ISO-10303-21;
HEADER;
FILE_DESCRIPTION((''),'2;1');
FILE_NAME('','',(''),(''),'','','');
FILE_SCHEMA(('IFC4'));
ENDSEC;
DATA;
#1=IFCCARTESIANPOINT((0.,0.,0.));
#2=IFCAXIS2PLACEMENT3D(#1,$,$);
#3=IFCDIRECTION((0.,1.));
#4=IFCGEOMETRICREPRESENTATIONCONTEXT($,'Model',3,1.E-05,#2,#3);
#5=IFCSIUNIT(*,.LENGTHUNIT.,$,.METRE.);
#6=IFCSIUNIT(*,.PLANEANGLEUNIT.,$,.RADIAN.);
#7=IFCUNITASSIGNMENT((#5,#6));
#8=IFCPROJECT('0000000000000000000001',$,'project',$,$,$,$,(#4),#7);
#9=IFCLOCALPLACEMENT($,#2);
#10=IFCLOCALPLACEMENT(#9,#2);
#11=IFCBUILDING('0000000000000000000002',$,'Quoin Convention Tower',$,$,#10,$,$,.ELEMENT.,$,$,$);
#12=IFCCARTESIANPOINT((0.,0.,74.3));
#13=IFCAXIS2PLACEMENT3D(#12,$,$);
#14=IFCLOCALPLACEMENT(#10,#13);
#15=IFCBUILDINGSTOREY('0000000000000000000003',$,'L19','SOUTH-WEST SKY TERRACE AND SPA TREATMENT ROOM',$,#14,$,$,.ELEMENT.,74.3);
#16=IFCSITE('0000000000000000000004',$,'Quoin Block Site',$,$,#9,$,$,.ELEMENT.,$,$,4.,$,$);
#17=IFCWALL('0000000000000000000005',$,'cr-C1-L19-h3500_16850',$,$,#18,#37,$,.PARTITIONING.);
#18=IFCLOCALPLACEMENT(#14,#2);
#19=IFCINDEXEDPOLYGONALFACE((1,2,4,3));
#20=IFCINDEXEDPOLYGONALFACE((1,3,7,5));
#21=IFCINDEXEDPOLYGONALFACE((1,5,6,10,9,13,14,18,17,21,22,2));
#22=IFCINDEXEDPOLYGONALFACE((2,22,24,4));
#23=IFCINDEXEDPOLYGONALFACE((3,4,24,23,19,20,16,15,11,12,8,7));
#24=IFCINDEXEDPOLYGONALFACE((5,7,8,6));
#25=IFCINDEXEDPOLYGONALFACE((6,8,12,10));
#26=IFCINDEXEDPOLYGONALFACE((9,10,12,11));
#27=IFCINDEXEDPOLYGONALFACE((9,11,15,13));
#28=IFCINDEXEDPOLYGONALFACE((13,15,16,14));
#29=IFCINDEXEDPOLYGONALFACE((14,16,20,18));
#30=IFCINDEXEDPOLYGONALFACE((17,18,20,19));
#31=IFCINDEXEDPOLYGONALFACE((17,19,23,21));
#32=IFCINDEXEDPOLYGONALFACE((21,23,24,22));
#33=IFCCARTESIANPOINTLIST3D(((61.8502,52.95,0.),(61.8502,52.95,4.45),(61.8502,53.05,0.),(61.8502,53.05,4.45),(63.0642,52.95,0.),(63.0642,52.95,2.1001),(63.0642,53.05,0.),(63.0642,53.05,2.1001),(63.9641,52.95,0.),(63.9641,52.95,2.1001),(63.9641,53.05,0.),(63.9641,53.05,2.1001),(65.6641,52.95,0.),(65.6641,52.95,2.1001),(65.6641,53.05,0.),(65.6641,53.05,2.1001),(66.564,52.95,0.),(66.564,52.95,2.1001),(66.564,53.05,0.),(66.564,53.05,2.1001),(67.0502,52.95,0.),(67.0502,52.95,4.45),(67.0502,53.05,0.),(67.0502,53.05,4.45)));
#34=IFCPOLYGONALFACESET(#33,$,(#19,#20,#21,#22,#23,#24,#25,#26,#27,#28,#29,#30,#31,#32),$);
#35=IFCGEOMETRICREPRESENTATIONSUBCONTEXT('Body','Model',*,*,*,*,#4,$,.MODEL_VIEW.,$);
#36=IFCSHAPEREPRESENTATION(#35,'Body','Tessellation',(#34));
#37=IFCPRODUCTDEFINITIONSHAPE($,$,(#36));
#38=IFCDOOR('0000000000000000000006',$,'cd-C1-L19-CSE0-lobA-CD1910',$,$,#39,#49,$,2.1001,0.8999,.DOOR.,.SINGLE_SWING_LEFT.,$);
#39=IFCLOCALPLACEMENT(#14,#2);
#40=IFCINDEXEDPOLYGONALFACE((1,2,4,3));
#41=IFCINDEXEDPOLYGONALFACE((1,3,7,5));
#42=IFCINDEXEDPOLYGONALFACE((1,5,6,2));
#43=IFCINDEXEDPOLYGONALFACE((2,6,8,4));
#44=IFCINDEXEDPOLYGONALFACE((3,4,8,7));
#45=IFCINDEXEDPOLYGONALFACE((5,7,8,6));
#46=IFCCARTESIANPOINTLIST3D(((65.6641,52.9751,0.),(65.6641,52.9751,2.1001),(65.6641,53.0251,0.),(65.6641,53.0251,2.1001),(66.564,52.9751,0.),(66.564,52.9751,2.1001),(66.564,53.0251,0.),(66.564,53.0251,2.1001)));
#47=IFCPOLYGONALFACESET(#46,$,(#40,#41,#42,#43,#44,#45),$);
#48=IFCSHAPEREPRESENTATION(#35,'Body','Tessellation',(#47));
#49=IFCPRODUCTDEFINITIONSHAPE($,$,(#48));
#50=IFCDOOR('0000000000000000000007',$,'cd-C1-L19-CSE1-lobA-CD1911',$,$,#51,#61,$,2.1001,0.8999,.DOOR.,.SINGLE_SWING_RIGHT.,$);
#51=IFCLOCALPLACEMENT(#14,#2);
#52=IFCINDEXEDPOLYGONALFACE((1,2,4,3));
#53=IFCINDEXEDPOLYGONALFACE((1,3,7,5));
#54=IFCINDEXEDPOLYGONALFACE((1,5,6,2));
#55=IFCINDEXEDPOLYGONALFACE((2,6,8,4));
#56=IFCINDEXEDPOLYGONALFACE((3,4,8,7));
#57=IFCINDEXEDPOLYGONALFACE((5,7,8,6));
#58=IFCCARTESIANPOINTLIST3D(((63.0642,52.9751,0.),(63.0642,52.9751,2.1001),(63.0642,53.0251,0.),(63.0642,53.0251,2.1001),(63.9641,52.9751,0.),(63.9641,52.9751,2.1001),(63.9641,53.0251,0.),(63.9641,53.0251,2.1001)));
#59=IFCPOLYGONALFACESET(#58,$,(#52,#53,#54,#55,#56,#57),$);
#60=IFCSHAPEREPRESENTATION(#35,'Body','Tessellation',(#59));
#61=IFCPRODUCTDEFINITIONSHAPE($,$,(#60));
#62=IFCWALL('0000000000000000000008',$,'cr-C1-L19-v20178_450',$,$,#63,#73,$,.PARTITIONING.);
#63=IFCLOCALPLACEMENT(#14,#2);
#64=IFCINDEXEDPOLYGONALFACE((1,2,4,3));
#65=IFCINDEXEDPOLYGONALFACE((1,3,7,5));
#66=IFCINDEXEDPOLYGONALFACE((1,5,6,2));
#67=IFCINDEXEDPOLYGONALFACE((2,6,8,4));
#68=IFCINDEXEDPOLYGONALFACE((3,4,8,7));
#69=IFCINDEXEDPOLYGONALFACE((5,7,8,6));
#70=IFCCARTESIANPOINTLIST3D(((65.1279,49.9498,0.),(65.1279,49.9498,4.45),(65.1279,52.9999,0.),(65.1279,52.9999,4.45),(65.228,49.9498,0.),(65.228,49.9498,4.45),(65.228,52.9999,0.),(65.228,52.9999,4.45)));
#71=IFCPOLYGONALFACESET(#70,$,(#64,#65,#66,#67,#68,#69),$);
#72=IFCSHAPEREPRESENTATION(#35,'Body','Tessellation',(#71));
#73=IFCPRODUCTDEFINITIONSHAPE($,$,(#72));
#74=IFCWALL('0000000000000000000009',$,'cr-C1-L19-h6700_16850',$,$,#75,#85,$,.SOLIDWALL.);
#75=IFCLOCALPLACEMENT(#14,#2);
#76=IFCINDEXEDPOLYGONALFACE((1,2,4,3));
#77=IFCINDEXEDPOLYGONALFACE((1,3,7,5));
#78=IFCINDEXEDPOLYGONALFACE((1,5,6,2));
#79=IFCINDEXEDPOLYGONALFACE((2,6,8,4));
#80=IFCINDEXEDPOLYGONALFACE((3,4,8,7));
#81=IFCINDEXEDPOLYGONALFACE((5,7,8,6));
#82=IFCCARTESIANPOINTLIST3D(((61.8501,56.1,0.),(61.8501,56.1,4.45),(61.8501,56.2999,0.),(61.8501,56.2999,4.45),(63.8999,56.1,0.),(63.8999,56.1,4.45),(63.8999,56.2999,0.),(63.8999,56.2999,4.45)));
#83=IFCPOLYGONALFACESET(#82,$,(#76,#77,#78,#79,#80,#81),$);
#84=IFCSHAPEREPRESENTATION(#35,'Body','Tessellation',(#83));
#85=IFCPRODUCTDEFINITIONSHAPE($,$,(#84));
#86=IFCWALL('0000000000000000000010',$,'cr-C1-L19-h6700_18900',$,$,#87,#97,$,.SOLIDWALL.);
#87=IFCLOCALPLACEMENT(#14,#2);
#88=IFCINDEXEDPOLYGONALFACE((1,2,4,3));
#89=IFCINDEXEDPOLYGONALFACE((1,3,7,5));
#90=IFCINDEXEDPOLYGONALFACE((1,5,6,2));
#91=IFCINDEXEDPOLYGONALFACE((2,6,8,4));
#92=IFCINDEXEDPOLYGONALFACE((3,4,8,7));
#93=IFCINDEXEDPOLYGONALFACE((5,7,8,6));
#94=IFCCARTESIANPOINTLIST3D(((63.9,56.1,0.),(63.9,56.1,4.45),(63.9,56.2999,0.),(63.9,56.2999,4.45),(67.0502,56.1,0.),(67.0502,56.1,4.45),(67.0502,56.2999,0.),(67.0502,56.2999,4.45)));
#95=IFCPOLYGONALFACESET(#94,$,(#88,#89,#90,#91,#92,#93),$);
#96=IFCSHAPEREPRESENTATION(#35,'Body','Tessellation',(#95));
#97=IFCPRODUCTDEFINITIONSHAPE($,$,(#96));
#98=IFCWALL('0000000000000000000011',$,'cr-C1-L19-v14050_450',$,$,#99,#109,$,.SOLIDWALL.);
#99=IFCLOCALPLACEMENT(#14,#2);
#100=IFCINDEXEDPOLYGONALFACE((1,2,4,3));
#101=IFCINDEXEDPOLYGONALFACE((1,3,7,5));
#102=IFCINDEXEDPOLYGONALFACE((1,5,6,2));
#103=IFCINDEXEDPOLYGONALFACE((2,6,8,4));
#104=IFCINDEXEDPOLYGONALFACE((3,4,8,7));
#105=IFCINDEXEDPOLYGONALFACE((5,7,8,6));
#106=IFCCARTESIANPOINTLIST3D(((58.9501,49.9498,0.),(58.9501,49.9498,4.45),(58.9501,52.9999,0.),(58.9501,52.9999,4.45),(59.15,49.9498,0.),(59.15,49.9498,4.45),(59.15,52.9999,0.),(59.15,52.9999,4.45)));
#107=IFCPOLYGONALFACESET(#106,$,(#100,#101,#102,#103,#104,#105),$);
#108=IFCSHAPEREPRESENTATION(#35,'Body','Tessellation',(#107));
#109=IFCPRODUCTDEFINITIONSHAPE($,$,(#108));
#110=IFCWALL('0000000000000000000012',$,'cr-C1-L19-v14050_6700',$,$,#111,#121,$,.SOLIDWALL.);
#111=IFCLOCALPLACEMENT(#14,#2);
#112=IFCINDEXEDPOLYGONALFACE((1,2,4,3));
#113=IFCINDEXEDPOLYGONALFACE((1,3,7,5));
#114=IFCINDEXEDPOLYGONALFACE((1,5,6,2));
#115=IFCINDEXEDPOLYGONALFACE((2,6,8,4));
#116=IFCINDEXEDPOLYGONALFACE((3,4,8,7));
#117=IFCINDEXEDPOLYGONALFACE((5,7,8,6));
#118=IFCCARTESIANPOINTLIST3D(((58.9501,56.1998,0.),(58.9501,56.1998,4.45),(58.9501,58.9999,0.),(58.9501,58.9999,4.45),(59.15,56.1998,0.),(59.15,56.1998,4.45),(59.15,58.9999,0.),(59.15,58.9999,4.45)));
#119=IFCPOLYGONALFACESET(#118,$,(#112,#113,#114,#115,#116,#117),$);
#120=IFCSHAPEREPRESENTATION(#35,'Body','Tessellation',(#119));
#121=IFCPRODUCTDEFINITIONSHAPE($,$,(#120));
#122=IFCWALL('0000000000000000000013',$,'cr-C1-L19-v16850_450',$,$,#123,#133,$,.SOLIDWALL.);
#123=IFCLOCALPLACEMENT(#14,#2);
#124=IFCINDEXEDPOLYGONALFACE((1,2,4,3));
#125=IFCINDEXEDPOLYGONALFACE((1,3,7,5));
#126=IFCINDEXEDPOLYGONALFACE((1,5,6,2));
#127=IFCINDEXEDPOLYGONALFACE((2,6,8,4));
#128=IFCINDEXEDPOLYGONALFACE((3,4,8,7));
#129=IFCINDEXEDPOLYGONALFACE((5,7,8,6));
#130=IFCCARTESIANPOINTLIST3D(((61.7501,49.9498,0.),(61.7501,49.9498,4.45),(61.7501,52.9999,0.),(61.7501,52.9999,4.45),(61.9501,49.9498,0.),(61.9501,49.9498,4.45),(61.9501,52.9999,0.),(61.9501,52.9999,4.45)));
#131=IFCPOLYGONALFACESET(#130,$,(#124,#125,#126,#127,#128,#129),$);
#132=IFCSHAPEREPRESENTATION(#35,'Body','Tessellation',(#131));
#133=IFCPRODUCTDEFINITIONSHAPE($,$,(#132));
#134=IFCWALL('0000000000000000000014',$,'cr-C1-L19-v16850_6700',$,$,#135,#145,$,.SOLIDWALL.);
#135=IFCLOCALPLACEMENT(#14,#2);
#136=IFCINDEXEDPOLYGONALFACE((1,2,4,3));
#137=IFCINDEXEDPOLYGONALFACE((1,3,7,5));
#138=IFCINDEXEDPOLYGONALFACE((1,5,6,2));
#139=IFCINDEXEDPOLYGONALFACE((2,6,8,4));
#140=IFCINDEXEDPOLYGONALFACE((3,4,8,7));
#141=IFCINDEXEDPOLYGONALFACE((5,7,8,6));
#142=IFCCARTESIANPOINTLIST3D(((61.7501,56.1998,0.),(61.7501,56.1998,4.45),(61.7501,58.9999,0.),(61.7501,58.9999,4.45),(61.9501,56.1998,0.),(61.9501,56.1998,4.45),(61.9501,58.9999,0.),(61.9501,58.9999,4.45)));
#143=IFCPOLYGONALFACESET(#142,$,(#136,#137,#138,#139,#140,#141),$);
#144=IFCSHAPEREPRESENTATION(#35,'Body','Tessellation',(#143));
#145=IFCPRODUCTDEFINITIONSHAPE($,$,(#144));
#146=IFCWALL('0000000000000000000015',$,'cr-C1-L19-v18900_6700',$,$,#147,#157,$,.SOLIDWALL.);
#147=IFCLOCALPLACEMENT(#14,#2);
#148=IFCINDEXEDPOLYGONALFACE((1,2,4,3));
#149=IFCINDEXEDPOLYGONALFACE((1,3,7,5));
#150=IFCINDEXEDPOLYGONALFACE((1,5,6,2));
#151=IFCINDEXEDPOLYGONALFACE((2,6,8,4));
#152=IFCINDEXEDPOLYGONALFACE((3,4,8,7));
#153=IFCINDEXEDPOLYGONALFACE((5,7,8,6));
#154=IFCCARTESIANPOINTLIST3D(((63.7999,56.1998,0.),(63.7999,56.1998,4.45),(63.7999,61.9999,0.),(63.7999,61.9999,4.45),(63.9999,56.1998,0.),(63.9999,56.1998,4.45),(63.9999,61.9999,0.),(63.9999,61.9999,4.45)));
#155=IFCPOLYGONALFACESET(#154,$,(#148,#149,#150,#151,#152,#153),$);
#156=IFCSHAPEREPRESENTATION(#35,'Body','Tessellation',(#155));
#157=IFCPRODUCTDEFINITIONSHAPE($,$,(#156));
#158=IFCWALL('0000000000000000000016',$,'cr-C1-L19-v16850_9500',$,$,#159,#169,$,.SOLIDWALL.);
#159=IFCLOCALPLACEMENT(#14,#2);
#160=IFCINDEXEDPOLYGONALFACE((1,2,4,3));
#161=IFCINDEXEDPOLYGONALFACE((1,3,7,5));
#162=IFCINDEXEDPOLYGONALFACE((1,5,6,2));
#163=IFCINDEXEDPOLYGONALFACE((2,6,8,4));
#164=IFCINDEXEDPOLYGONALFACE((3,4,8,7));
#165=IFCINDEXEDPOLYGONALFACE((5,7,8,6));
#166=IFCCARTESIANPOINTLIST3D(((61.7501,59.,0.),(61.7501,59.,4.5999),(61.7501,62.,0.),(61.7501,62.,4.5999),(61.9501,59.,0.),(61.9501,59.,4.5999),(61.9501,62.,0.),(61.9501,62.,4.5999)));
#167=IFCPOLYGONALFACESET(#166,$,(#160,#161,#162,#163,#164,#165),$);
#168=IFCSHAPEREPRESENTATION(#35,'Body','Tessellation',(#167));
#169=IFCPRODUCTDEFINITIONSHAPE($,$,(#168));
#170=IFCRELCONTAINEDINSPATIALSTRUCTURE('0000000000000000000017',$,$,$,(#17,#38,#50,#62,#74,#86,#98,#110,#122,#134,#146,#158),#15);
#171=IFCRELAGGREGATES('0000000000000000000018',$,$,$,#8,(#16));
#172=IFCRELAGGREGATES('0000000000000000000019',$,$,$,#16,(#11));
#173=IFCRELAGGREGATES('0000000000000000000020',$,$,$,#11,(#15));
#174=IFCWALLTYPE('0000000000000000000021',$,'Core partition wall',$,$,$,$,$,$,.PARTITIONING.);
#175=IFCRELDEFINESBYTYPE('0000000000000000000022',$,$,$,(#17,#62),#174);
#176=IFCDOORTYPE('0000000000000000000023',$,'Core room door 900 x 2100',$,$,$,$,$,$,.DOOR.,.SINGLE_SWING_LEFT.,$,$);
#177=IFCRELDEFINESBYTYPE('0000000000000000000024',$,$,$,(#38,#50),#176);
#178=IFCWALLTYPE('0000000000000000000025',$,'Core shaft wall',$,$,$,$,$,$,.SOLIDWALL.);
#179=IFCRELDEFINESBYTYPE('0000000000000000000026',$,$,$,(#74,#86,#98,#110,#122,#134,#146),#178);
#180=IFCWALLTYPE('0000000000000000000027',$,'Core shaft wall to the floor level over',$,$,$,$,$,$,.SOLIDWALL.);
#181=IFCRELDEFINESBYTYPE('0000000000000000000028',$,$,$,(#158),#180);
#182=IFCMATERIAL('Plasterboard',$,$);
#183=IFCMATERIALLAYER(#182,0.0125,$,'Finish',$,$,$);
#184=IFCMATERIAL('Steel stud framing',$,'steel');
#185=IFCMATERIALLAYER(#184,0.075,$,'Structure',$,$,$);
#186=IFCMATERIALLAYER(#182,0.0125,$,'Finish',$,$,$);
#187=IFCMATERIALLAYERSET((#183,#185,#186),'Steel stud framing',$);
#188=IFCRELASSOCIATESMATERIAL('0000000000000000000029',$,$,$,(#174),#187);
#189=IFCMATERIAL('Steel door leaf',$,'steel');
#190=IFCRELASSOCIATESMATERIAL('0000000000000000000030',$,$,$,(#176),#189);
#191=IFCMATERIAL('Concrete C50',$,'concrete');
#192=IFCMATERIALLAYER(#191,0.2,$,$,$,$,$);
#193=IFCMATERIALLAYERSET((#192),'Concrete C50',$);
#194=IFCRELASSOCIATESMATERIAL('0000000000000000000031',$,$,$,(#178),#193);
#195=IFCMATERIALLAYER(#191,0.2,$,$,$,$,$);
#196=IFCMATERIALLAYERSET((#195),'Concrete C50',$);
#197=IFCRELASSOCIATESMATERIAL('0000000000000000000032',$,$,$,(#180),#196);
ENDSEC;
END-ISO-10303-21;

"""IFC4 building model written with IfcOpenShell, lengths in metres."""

from ifc_helpers import new_model, si_unit, direction, frame, frame_2d, origin, place, context, subcontext, project, spatial, rectangle, extrude, material, layer, layer_set, type_object, element, fill, save


model = new_model("IFC4")

# Units and contexts
model_context = context("Model", 3, precision=1e-05, world=origin(), true_north=direction((0.0, 1.0)))
body_context = subcontext(model_context, "Body", "Model", "MODEL_VIEW")
ifc_project = project(units=[si_unit("LENGTHUNIT", "METRE"), si_unit("PLANEANGLEUNIT", "RADIAN")], contexts=[model_context])

# Site, building, storey
site_placement = place(None, origin())
site = spatial("IfcSite", under=ifc_project, at=site_placement, Name="Quoin Block Site", CompositionType="ELEMENT", RefElevation=4.0)
building_placement = place(site_placement, origin())
building = spatial("IfcBuilding", under=site, at=building_placement, Name="Quoin Convention Tower", CompositionType="ELEMENT")
storey_placement = place(building_placement, frame((0.0, 0.0, 74.3)))
storey = spatial("IfcBuildingStorey", under=building, at=storey_placement, Name="L19", Description="SOUTH-WEST SKY TERRACE AND SPA TREATMENT ROOM", CompositionType="ELEMENT", Elevation=74.3)

# Wall, openings, doors
ifc_material_1 = material(Name="Plasterboard")
ifc_layer_1 = layer(ifc_material_1, 0.0125, Name="Finish")
ifc_material_2 = material(Name="Steel stud framing", Category="steel")
ifc_layer_2 = layer(ifc_material_2, 0.075, Name="Structure")
ifc_layer_3 = layer(ifc_material_1, 0.0125, Name="Finish")
ifc_layer_set_1 = layer_set([ifc_layer_1, ifc_layer_2, ifc_layer_3], Name="Steel stud framing")
wall_type_1 = type_object("IfcWallType", Name="Core partition wall", PredefinedType="PARTITIONING", material=ifc_layer_set_1)
wall_1_placement = place(storey_placement, frame((61.8501, 53.0, 0.0), z_axis=(0.0, 0.0, 1.0), x_axis=(1.0, 0.0, 0.0)))
wall_1 = element("IfcWall", 1, at=wall_1_placement, inside=storey, type_object=wall_type_1, Name="cr-C1-L19-h3500_16850", PredefinedType="PARTITIONING", context=body_context, shape_type="SweptSolid", body=[
    extrude(rectangle(XDim=5.2, YDim=0.1001, at=frame_2d((2.6001, 0.0))), origin(), (0.0, 0.0, 1.0), 4.45),
])
opening_1_placement = place(wall_1_placement, frame((3.814, 0.0, 0.0)))
opening_1 = element("IfcOpeningElement", 2, at=opening_1_placement, cuts=wall_1, PredefinedType="OPENING", context=body_context, shape_type="SweptSolid", body=[
    extrude(rectangle(XDim=0.8999, YDim=2.1001, at=frame_2d((0.45, 1.05))), frame((0.0, 0.0601, 0.0), z_axis=(0.0, -1.0, 0.0), x_axis=(1.0, 0.0, 0.0)), (0.0, 0.0, 1.0), 0.1201),
])
opening_2_placement = place(wall_1_placement, frame((1.2141, 0.0, 0.0)))
opening_2 = element("IfcOpeningElement", 3, at=opening_2_placement, cuts=wall_1, PredefinedType="OPENING", context=body_context, shape_type="SweptSolid", body=[
    extrude(rectangle(XDim=0.8999, YDim=2.1001, at=frame_2d((0.45, 1.05))), frame((0.0, 0.0601, 0.0), z_axis=(0.0, -1.0, 0.0), x_axis=(1.0, 0.0, 0.0)), (0.0, 0.0, 1.0), 0.1201),
])
ifc_material_3 = material(Name="Steel door leaf", Category="steel")
door_type = type_object("IfcDoorType", Name="Core room door 900 x 2100", OperationType="SINGLE_SWING_LEFT", PredefinedType="DOOR", material=ifc_material_3)
door_1_placement = place(opening_1_placement, frame((0.8999, 0.0, 0.0), z_axis=(0.0, 0.0, 1.0), x_axis=(-1.0, 0.0, 0.0)))
door_1 = element("IfcDoor", 4, at=door_1_placement, inside=storey, type_object=door_type, Name="cd-C1-L19-CSE0-lobA-CD1910", OperationType="SINGLE_SWING_LEFT", OverallHeight=2.1001, OverallWidth=0.8999, PredefinedType="DOOR", context=body_context, shape_type="SweptSolid", body=[
    extrude(rectangle(XDim=0.8999, YDim=2.1001, at=frame_2d((0.45, 1.05))), frame((0.0, 0.0249, 0.0), z_axis=(0.0, -1.0, 0.0), x_axis=(1.0, 0.0, 0.0)), (0.0, 0.0, 1.0), 0.05),
])
fill(opening_1, door_1)
door_2_placement = place(opening_2_placement, frame((0.8999, 0.0, 0.0), z_axis=(0.0, 0.0, 1.0), x_axis=(-1.0, 0.0, 0.0)))
door_2 = element("IfcDoor", 5, at=door_2_placement, inside=storey, type_object=door_type, Name="cd-C1-L19-CSE1-lobA-CD1911", OperationType="SINGLE_SWING_RIGHT", OverallHeight=2.1001, OverallWidth=0.8999, PredefinedType="DOOR", context=body_context, shape_type="SweptSolid", body=[
    extrude(rectangle(XDim=0.8999, YDim=2.1001, at=frame_2d((0.45, 1.05))), frame((0.0, 0.0249, 0.0), z_axis=(0.0, -1.0, 0.0), x_axis=(1.0, 0.0, 0.0)), (0.0, 0.0, 1.0), 0.05),
])
fill(opening_2, door_2)

# Walls
wall_2_placement = place(storey_placement, frame((65.178, 49.95, 0.0), z_axis=(0.0, 0.0, 1.0), x_axis=(0.0, 1.0, 0.0)))
element("IfcWall", 6, at=wall_2_placement, inside=storey, type_object=wall_type_1, Name="cr-C1-L19-v20178_450", PredefinedType="PARTITIONING", context=body_context, shape_type="SweptSolid", body=[
    extrude(rectangle(XDim=3.05, YDim=0.1001, at=frame_2d((1.5249, 0.0))), origin(), (0.0, 0.0, 1.0), 4.45),
])
ifc_material_4 = material(Name="Concrete C50", Category="concrete")
ifc_layer_4 = layer(ifc_material_4, 0.2)
ifc_layer_set_2 = layer_set([ifc_layer_4], Name="Concrete C50")
wall_type_2 = type_object("IfcWallType", Name="Core shaft wall", PredefinedType="SOLIDWALL", material=ifc_layer_set_2)
wall_3_placement = place(storey_placement, frame((61.8501, 56.2, 0.0), z_axis=(0.0, 0.0, 1.0), x_axis=(1.0, 0.0, 0.0)))
element("IfcWall", 7, at=wall_3_placement, inside=storey, type_object=wall_type_2, Name="cr-C1-L19-h6700_16850", PredefinedType="SOLIDWALL", context=body_context, shape_type="SweptSolid", body=[
    extrude(rectangle(XDim=2.0498, YDim=0.2, at=frame_2d((1.0249, 0.0))), origin(), (0.0, 0.0, 1.0), 4.45),
])
wall_4_placement = place(storey_placement, frame((63.8999, 56.2, 0.0), z_axis=(0.0, 0.0, 1.0), x_axis=(1.0, 0.0, 0.0)))
element("IfcWall", 8, at=wall_4_placement, inside=storey, type_object=wall_type_2, Name="cr-C1-L19-h6700_18900", PredefinedType="SOLIDWALL", context=body_context, shape_type="SweptSolid", body=[
    extrude(rectangle(XDim=3.1501, YDim=0.2, at=frame_2d((1.5752, 0.0))), origin(), (0.0, 0.0, 1.0), 4.45),
])
wall_5_placement = place(storey_placement, frame((59.05, 49.95, 0.0), z_axis=(0.0, 0.0, 1.0), x_axis=(0.0, 1.0, 0.0)))
element("IfcWall", 9, at=wall_5_placement, inside=storey, type_object=wall_type_2, Name="cr-C1-L19-v14050_450", PredefinedType="SOLIDWALL", context=body_context, shape_type="SweptSolid", body=[
    extrude(rectangle(XDim=3.05, YDim=0.2, at=frame_2d((1.5249, 0.0))), origin(), (0.0, 0.0, 1.0), 4.45),
])
wall_6_placement = place(storey_placement, frame((59.05, 56.2, 0.0), z_axis=(0.0, 0.0, 1.0), x_axis=(0.0, 1.0, 0.0)))
element("IfcWall", 10, at=wall_6_placement, inside=storey, type_object=wall_type_2, Name="cr-C1-L19-v14050_6700", PredefinedType="SOLIDWALL", context=body_context, shape_type="SweptSolid", body=[
    extrude(rectangle(XDim=2.8, YDim=0.2, at=frame_2d((1.3999, 0.0))), origin(), (0.0, 0.0, 1.0), 4.45),
])
wall_7_placement = place(storey_placement, frame((61.8501, 49.95, 0.0), z_axis=(0.0, 0.0, 1.0), x_axis=(0.0, 1.0, 0.0)))
element("IfcWall", 11, at=wall_7_placement, inside=storey, type_object=wall_type_2, Name="cr-C1-L19-v16850_450", PredefinedType="SOLIDWALL", context=body_context, shape_type="SweptSolid", body=[
    extrude(rectangle(XDim=3.05, YDim=0.2, at=frame_2d((1.5249, 0.0))), origin(), (0.0, 0.0, 1.0), 4.45),
])
wall_8_placement = place(storey_placement, frame((61.8501, 56.2, 0.0), z_axis=(0.0, 0.0, 1.0), x_axis=(0.0, 1.0, 0.0)))
element("IfcWall", 12, at=wall_8_placement, inside=storey, type_object=wall_type_2, Name="cr-C1-L19-v16850_6700", PredefinedType="SOLIDWALL", context=body_context, shape_type="SweptSolid", body=[
    extrude(rectangle(XDim=2.8, YDim=0.2, at=frame_2d((1.3999, 0.0))), origin(), (0.0, 0.0, 1.0), 4.45),
])
wall_9_placement = place(storey_placement, frame((63.8999, 56.2, 0.0), z_axis=(0.0, 0.0, 1.0), x_axis=(0.0, 1.0, 0.0)))
element("IfcWall", 13, at=wall_9_placement, inside=storey, type_object=wall_type_2, Name="cr-C1-L19-v18900_6700", PredefinedType="SOLIDWALL", context=body_context, shape_type="SweptSolid", body=[
    extrude(rectangle(XDim=5.8, YDim=0.2, at=frame_2d((2.8999, 0.0))), origin(), (0.0, 0.0, 1.0), 4.45),
])
ifc_layer_5 = layer(ifc_material_4, 0.2)
ifc_layer_set_3 = layer_set([ifc_layer_5], Name="Concrete C50")
wall_type_3 = type_object("IfcWallType", Name="Core shaft wall to the floor level over", PredefinedType="SOLIDWALL", material=ifc_layer_set_3)
wall_10_placement = place(storey_placement, frame((61.8501, 59.0, 0.0), z_axis=(0.0, 0.0, 1.0), x_axis=(0.0, 1.0, 0.0)))
element("IfcWall", 14, at=wall_10_placement, inside=storey, type_object=wall_type_3, Name="cr-C1-L19-v16850_9500", PredefinedType="SOLIDWALL", context=body_context, shape_type="SweptSolid", body=[
    extrude(rectangle(XDim=3.0, YDim=0.2, at=frame_2d((1.5, 0.0))), origin(), (0.0, 0.0, 1.0), 4.5999),
])

save(model, "model.ifc")
